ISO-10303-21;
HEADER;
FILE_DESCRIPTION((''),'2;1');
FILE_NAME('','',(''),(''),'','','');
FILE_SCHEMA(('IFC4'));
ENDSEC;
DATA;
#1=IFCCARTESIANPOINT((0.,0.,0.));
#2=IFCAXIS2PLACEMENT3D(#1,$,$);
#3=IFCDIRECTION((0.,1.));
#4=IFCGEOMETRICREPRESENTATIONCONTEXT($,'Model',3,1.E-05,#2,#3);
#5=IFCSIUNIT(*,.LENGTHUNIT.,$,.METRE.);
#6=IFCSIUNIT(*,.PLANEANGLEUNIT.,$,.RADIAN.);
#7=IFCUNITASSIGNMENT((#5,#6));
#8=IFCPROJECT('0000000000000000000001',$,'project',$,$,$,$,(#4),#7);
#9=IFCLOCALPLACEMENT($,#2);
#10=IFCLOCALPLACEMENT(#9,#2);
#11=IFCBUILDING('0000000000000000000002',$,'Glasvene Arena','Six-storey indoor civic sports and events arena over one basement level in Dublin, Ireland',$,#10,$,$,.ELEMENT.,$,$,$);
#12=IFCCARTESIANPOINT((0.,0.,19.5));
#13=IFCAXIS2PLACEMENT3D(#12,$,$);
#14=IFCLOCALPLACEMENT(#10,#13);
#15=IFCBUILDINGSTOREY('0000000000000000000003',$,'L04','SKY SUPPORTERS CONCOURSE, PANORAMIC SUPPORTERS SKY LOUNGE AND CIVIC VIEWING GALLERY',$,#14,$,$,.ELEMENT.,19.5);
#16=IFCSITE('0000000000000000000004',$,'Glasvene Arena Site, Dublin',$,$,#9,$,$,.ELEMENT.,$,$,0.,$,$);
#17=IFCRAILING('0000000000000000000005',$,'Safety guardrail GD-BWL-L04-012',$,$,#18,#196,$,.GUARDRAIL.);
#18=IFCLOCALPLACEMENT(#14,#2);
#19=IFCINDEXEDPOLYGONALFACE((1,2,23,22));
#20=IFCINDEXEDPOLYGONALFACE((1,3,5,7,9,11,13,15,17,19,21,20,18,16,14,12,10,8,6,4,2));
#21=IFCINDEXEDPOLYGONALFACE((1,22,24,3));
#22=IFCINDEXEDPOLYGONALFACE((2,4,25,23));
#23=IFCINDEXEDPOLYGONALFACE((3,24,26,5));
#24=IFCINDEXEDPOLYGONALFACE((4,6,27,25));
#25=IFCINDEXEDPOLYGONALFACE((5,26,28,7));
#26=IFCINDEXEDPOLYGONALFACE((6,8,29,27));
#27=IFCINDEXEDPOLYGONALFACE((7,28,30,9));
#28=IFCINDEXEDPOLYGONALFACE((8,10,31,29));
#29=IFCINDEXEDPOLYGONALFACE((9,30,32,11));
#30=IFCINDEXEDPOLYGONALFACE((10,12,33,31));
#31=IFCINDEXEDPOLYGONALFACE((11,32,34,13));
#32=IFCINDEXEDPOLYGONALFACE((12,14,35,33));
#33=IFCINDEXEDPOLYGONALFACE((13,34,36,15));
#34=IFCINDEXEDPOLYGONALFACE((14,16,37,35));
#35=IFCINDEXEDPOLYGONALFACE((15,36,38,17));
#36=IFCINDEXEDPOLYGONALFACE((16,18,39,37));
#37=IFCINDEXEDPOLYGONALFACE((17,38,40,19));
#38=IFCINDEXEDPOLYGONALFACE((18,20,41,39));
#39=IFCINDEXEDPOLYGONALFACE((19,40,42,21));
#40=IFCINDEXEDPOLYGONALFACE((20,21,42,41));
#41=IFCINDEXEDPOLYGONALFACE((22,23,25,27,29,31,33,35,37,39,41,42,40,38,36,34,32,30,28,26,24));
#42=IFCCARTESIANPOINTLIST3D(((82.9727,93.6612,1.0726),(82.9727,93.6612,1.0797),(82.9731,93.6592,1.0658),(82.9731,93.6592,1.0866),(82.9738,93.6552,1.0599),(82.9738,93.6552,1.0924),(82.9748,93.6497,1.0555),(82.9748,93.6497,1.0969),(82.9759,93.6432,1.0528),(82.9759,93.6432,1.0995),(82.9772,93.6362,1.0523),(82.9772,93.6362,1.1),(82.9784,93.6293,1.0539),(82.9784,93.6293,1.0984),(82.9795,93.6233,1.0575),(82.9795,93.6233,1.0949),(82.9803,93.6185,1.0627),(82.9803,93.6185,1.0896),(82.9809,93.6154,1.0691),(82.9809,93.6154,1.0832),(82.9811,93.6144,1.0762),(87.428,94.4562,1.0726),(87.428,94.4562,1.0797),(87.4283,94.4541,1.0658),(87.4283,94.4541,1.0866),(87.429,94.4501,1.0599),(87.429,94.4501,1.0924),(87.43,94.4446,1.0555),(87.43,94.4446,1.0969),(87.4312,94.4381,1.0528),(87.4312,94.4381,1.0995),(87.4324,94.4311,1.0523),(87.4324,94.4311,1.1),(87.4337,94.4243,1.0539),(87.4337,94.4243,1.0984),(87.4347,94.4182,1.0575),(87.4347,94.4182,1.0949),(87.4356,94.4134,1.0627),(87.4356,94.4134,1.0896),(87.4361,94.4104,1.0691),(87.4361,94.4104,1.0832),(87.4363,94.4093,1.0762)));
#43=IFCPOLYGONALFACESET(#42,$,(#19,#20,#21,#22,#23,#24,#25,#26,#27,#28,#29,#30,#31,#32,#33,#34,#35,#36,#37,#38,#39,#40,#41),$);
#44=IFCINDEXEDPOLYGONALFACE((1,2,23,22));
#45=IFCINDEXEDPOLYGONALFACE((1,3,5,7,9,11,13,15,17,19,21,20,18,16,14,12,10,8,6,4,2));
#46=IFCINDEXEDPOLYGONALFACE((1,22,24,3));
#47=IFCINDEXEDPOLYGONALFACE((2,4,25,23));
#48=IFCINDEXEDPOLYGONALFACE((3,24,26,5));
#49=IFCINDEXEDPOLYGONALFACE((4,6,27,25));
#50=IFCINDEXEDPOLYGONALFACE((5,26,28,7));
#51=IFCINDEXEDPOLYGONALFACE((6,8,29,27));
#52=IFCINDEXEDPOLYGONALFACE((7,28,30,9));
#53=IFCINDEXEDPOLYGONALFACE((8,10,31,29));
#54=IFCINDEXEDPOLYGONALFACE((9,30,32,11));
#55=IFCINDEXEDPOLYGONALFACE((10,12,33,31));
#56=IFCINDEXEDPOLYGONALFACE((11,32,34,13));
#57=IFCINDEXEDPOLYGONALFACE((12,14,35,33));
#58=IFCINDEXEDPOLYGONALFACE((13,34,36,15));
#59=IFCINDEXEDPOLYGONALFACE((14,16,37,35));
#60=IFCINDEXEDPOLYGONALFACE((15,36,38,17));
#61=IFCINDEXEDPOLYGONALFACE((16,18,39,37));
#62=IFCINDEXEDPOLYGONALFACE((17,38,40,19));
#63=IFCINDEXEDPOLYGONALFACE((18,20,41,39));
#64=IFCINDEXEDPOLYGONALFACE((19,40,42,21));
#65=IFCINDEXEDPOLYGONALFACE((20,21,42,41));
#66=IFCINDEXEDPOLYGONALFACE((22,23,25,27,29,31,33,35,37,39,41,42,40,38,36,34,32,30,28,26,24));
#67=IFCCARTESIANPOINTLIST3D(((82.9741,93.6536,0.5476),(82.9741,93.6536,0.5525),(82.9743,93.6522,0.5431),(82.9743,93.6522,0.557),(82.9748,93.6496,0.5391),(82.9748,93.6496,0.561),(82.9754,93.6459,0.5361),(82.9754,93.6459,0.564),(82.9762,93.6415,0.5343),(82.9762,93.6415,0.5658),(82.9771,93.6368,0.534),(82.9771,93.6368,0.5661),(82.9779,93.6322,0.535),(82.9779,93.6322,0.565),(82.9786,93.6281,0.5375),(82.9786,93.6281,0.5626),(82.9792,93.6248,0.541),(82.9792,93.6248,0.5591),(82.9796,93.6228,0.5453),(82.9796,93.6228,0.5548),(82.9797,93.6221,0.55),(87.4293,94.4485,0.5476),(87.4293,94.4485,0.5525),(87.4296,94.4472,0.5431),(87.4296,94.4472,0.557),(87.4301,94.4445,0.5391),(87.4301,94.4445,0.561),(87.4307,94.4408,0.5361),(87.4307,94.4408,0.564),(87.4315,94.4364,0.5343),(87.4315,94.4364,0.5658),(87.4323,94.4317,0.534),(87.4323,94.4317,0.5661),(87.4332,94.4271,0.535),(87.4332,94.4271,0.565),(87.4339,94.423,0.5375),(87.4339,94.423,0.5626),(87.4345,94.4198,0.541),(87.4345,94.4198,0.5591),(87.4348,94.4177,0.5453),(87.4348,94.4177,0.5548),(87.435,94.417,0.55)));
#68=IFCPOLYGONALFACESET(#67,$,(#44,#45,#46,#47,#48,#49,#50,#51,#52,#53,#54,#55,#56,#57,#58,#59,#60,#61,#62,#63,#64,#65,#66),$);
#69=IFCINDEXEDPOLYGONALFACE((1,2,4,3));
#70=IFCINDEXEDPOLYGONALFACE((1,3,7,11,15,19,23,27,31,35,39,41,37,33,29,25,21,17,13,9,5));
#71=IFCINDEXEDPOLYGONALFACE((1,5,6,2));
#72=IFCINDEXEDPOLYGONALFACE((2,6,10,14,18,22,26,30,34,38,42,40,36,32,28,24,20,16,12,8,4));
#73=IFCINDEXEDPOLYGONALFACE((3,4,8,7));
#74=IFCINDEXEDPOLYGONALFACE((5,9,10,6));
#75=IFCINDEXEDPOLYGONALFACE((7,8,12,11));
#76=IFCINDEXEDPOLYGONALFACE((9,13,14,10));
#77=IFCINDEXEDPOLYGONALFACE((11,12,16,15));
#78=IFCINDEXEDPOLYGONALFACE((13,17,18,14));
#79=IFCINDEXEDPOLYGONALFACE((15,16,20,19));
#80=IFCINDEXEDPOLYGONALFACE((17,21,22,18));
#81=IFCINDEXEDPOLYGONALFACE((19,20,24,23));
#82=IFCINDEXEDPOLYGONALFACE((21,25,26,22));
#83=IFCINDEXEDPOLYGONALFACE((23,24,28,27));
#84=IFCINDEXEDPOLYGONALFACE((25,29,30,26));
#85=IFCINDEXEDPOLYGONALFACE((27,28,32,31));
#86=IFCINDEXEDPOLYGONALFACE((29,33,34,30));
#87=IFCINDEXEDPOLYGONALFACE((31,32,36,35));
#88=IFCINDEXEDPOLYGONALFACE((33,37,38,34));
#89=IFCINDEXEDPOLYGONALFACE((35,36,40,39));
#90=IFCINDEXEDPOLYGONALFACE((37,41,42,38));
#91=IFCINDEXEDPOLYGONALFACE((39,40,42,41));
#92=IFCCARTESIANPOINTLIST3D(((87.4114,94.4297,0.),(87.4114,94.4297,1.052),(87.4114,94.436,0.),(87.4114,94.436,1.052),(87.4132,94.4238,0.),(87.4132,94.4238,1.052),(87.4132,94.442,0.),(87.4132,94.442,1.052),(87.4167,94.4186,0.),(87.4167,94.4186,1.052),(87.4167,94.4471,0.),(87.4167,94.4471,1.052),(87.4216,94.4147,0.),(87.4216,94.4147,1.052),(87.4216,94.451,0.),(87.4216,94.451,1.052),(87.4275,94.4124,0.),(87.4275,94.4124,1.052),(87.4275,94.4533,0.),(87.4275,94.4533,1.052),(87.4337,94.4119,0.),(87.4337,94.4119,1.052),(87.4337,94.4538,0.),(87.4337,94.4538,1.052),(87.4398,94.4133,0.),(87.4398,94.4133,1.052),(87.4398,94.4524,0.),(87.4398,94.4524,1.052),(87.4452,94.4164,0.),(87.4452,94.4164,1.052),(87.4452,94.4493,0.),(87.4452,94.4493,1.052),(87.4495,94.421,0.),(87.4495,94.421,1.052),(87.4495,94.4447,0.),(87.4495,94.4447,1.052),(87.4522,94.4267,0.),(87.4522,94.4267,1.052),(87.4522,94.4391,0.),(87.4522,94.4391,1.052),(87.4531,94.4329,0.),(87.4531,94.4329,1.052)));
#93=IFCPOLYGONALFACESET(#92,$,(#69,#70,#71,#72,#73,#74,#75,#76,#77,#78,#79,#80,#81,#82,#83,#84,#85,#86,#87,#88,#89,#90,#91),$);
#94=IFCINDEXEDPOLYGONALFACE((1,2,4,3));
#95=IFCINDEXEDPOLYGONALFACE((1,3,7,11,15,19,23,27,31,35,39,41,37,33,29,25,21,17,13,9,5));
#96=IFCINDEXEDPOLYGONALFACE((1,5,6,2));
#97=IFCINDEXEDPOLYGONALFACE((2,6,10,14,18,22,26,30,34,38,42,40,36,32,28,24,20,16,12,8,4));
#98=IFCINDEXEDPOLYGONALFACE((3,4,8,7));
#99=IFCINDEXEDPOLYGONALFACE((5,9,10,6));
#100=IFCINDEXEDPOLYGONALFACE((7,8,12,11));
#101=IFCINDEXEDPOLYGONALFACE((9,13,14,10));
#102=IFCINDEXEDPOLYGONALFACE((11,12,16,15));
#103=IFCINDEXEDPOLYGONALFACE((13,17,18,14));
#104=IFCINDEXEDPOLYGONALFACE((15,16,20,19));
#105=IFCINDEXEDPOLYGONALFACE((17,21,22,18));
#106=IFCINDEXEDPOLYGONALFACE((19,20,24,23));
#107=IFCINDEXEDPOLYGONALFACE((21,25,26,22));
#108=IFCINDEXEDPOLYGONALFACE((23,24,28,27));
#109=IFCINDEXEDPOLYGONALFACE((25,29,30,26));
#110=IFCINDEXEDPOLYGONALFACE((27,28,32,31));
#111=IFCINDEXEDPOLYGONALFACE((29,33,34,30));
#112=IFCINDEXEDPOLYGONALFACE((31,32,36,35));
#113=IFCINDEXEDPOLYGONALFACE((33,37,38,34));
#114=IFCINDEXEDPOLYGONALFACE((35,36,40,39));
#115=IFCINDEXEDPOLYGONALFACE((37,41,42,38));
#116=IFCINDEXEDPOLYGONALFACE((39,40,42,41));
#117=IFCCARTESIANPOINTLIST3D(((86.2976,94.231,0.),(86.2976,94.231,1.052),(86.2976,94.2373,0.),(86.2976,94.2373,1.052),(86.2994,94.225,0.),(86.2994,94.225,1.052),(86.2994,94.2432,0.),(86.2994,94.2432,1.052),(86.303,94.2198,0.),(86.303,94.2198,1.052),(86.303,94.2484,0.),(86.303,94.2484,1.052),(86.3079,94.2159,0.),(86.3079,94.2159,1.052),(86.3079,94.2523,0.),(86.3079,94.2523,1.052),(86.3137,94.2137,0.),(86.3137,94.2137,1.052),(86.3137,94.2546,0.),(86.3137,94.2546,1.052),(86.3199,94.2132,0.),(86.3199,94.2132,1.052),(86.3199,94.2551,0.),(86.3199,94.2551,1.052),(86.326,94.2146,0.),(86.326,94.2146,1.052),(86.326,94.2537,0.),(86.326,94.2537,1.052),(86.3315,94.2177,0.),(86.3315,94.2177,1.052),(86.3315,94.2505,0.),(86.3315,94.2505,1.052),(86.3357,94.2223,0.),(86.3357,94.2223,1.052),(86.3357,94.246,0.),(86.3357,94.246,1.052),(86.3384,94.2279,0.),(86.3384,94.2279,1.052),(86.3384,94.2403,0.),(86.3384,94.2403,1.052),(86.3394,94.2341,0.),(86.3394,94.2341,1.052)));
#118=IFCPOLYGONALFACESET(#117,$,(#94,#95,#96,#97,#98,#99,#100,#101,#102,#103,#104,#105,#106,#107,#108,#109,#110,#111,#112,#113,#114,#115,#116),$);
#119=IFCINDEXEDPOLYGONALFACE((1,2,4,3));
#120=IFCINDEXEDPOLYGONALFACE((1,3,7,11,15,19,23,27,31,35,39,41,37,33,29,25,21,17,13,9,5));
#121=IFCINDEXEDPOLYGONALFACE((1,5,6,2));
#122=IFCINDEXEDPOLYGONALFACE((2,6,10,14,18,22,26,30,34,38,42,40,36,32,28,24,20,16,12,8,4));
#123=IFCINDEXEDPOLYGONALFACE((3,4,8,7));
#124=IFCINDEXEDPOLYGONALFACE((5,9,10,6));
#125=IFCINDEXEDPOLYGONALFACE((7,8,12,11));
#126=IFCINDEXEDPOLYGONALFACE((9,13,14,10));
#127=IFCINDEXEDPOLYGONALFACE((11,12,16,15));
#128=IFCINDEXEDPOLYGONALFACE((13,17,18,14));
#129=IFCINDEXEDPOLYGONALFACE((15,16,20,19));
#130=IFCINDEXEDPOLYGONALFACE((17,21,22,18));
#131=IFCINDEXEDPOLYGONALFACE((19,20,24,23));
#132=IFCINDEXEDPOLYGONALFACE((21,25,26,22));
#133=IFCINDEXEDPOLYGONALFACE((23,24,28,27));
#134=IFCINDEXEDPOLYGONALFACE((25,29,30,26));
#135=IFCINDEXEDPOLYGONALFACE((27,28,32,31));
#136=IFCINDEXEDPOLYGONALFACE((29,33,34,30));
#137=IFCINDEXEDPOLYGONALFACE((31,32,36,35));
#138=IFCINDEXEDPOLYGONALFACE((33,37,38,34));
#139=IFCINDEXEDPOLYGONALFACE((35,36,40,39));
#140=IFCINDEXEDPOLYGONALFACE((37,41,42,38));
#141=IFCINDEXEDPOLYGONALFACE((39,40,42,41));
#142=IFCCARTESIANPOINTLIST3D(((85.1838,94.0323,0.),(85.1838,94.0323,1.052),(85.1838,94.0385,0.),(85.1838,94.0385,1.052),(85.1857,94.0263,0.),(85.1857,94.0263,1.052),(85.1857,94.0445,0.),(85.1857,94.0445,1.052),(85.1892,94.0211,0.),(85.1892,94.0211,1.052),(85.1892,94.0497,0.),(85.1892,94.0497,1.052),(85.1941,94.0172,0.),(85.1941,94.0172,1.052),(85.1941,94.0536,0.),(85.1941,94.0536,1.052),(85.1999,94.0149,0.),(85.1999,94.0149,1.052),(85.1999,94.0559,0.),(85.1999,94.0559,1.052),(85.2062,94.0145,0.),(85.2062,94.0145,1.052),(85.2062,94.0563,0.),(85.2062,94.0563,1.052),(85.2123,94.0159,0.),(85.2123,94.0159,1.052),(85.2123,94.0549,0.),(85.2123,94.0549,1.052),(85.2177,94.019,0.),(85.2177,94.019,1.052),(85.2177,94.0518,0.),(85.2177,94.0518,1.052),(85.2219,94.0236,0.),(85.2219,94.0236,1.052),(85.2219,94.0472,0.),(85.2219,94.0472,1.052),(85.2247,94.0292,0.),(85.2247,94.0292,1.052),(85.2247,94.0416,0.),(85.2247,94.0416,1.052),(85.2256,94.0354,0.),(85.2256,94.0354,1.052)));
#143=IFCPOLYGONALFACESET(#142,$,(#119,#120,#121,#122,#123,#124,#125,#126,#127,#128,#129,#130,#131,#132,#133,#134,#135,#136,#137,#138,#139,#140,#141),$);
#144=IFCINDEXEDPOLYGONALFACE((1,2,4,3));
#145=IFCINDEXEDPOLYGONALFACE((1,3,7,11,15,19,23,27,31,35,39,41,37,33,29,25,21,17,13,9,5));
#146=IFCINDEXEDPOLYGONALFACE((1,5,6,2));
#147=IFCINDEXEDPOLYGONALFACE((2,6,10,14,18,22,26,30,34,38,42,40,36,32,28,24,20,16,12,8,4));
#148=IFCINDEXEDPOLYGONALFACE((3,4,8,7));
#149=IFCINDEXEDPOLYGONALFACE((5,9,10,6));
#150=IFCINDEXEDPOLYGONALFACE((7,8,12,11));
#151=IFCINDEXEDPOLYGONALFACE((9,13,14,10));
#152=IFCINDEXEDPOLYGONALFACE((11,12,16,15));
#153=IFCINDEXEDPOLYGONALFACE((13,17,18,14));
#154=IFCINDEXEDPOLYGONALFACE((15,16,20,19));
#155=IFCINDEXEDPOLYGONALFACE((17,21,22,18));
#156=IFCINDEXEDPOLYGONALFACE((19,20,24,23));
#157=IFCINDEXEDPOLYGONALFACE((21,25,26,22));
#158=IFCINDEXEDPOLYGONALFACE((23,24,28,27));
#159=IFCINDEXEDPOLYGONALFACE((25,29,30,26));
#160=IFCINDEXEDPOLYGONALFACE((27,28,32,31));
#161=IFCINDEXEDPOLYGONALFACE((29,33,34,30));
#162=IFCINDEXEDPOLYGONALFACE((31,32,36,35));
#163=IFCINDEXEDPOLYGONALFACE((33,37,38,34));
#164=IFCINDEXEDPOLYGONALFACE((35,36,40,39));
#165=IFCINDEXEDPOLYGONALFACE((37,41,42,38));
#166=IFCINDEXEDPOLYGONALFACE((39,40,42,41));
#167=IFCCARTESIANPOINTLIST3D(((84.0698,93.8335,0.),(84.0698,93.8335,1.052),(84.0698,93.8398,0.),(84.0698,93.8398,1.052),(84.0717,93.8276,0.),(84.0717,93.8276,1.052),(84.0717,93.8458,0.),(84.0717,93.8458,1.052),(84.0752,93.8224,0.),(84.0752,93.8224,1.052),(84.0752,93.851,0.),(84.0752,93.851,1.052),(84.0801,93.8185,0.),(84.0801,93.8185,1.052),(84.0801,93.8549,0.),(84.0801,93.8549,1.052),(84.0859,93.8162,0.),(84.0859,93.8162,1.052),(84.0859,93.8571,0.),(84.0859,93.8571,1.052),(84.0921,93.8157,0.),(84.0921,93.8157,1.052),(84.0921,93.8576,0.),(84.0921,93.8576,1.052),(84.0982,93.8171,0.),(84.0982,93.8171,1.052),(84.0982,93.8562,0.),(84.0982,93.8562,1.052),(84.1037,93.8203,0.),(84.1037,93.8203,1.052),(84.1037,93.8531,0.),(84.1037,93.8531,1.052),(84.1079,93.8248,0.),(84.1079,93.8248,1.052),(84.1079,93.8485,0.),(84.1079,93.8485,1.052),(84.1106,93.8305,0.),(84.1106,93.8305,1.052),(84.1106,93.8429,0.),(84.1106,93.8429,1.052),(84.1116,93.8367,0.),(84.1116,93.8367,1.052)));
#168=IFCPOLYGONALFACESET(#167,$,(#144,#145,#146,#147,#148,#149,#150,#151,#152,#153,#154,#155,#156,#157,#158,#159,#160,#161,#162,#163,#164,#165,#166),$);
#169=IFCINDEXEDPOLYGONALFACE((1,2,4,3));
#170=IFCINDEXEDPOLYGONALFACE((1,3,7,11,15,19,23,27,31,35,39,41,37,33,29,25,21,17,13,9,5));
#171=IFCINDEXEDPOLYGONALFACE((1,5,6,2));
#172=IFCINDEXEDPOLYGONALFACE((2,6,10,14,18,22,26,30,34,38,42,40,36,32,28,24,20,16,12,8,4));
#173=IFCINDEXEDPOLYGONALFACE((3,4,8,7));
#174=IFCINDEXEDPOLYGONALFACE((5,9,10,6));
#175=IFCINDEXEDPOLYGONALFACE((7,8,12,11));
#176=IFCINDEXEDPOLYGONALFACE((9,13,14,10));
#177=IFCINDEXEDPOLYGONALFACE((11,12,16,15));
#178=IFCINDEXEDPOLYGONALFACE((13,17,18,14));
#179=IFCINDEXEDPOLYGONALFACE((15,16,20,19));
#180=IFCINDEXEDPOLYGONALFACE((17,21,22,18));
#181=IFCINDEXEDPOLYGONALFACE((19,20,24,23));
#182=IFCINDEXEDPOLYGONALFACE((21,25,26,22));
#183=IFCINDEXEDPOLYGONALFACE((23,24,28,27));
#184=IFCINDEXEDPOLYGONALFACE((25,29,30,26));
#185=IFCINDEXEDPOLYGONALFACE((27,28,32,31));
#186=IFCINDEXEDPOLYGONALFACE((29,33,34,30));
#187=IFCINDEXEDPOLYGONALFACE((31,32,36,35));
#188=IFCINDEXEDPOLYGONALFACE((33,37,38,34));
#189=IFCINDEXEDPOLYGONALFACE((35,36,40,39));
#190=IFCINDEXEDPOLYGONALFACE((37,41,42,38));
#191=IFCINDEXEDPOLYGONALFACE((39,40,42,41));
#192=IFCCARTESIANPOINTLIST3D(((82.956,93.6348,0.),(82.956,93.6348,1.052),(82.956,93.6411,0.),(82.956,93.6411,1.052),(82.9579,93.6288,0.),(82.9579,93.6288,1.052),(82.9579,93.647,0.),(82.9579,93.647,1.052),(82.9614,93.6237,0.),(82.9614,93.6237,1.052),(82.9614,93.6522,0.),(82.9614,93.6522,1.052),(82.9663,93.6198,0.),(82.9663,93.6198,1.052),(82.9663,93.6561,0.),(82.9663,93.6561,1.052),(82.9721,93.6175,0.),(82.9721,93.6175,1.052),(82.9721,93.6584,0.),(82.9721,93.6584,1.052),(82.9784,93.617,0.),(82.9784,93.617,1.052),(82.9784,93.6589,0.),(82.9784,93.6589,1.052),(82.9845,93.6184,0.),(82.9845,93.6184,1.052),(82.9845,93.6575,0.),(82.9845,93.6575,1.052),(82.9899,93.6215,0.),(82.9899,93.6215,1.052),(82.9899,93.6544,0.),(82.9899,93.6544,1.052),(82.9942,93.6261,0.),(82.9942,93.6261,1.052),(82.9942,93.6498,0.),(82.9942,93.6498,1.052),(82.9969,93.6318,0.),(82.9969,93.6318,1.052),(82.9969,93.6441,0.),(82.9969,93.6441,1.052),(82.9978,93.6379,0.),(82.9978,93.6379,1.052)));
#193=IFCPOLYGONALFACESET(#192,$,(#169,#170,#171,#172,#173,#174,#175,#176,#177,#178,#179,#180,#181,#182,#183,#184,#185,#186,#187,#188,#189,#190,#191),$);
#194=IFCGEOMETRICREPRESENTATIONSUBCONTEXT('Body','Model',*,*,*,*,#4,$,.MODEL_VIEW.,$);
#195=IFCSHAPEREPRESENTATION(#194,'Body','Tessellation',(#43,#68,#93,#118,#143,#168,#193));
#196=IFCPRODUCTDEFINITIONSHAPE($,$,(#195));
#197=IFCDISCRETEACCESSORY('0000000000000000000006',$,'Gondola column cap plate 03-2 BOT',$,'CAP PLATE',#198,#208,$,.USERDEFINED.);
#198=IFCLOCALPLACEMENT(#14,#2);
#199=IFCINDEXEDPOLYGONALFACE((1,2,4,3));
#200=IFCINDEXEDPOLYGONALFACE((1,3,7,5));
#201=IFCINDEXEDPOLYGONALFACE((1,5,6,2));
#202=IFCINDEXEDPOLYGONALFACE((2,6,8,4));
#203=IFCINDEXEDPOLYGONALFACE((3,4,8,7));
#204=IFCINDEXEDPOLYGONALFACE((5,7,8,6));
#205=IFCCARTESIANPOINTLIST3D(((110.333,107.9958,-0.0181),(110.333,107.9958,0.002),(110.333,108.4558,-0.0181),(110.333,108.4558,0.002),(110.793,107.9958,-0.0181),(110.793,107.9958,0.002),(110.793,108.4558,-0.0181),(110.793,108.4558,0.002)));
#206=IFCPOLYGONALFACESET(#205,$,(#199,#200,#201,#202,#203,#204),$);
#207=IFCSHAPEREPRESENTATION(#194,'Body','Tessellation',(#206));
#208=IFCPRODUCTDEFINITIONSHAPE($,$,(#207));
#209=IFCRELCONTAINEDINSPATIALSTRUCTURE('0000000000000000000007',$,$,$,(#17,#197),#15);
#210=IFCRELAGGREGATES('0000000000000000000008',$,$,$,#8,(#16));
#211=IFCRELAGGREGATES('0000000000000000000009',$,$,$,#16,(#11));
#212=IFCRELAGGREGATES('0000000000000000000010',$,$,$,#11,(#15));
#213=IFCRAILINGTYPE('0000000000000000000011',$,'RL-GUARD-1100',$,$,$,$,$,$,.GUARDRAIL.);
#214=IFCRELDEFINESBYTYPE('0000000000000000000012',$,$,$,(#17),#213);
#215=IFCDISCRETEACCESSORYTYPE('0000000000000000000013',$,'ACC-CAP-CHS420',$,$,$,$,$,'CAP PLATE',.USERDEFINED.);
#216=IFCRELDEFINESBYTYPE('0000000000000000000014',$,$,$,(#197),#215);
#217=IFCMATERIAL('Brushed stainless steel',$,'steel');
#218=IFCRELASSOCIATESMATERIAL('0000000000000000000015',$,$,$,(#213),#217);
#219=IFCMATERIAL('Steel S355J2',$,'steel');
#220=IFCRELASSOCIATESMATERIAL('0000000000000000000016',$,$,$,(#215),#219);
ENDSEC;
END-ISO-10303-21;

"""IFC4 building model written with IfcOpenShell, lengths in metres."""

from ifc_helpers import new_model, si_unit, direction, frame, origin, origin_2d, place, context, subcontext, project, spatial, rectangle, circle, extrude, material, type_object, element, save


model = new_model("IFC4")

# Units and contexts
model_context = context("Model", 3, precision=1e-05, world=origin(), true_north=direction((0.0, 1.0)))
body_context = subcontext(model_context, "Body", "Model", "MODEL_VIEW")
ifc_project = project(units=[si_unit("LENGTHUNIT", "METRE"), si_unit("PLANEANGLEUNIT", "RADIAN")], contexts=[model_context])

# Site, building, storey
site_placement = place(None, origin())
site = spatial("IfcSite", under=ifc_project, at=site_placement, Name="Glasvene Arena Site, Dublin", CompositionType="ELEMENT", RefElevation=0.0)
building_placement = place(site_placement, origin())
building = spatial("IfcBuilding", under=site, at=building_placement, Name="Glasvene Arena", Description="Six-storey indoor civic sports and events arena over one basement level in Dublin, Ireland", CompositionType="ELEMENT")
storey_placement = place(building_placement, frame((0.0, 0.0, 19.5)))
storey = spatial("IfcBuildingStorey", under=building, at=storey_placement, Name="L04", Description="SKY SUPPORTERS CONCOURSE, PANORAMIC SUPPORTERS SKY LOUNGE AND CIVIC VIEWING GALLERY", CompositionType="ELEMENT", Elevation=19.5)

# Shared definitions
ifc_material_1 = material(Name="Steel S355J2", Category="steel")

# Railing
ifc_material_2 = material(Name="Brushed stainless steel", Category="steel")
railing_type = type_object("IfcRailingType", Name="RL-GUARD-1100", PredefinedType="GUARDRAIL", material=ifc_material_2)
railing_1_placement = place(storey_placement, frame((87.4321, 94.4329, 0.0)))
element("IfcRailing", 1, at=railing_1_placement, inside=storey, type_object=railing_type, Name="Safety guardrail GD-BWL-L04-012", PredefinedType="GUARDRAIL", context=body_context, shape_type="SweptSolid", body=[
    extrude(circle(Radius=0.0239, at=origin_2d()), frame((0.0, 0.0, 1.0762), z_axis=(-0.984453, -0.175647, 0.0), x_axis=(0.175647, -0.984453, 0.0)), (0.0, 0.0, 1.0), 4.5256),
    extrude(circle(Radius=0.0161, at=origin_2d()), frame((0.0, 0.0, 0.55), z_axis=(-0.984453, -0.175647, 0.0), x_axis=(0.175647, -0.984453, 0.0)), (0.0, 0.0, 1.0), 4.5256),
    extrude(circle(Radius=0.021, at=origin_2d()), origin(), (0.0, 0.0, 1.0), 1.052),
    extrude(circle(Radius=0.021, at=origin_2d()), frame((-1.1138, -0.1987, 0.0)), (0.0, 0.0, 1.0), 1.052),
    extrude(circle(Radius=0.021, at=origin_2d()), frame((-2.2275, -0.3975, 0.0)), (0.0, 0.0, 1.0), 1.052),
    extrude(circle(Radius=0.021, at=origin_2d()), frame((-3.3416, -0.5962, 0.0)), (0.0, 0.0, 1.0), 1.052),
    extrude(circle(Radius=0.021, at=origin_2d()), frame((-4.4553, -0.7949, 0.0)), (0.0, 0.0, 1.0), 1.052),
])

# Discrete accessory
discrete_accessory_type = type_object("IfcDiscreteAccessoryType", Name="ACC-CAP-CHS420", ElementType="CAP PLATE", PredefinedType="USERDEFINED", material=ifc_material_1)
discrete_accessory_placement = place(storey_placement, frame((110.563, 108.2258, -0.0181), z_axis=(0.0, 0.0, 1.0), x_axis=(1.0, 0.0, 0.0)))
element("IfcDiscreteAccessory", 2, at=discrete_accessory_placement, inside=storey, type_object=discrete_accessory_type, Name="Gondola column cap plate 03-2 BOT", ObjectType="CAP PLATE", PredefinedType="USERDEFINED", context=body_context, shape_type="SweptSolid", body=[
    extrude(rectangle(XDim=0.46, YDim=0.46, at=origin_2d()), origin(), (0.0, 0.0, 1.0), 0.02),
])

save(model, "model.ifc")
